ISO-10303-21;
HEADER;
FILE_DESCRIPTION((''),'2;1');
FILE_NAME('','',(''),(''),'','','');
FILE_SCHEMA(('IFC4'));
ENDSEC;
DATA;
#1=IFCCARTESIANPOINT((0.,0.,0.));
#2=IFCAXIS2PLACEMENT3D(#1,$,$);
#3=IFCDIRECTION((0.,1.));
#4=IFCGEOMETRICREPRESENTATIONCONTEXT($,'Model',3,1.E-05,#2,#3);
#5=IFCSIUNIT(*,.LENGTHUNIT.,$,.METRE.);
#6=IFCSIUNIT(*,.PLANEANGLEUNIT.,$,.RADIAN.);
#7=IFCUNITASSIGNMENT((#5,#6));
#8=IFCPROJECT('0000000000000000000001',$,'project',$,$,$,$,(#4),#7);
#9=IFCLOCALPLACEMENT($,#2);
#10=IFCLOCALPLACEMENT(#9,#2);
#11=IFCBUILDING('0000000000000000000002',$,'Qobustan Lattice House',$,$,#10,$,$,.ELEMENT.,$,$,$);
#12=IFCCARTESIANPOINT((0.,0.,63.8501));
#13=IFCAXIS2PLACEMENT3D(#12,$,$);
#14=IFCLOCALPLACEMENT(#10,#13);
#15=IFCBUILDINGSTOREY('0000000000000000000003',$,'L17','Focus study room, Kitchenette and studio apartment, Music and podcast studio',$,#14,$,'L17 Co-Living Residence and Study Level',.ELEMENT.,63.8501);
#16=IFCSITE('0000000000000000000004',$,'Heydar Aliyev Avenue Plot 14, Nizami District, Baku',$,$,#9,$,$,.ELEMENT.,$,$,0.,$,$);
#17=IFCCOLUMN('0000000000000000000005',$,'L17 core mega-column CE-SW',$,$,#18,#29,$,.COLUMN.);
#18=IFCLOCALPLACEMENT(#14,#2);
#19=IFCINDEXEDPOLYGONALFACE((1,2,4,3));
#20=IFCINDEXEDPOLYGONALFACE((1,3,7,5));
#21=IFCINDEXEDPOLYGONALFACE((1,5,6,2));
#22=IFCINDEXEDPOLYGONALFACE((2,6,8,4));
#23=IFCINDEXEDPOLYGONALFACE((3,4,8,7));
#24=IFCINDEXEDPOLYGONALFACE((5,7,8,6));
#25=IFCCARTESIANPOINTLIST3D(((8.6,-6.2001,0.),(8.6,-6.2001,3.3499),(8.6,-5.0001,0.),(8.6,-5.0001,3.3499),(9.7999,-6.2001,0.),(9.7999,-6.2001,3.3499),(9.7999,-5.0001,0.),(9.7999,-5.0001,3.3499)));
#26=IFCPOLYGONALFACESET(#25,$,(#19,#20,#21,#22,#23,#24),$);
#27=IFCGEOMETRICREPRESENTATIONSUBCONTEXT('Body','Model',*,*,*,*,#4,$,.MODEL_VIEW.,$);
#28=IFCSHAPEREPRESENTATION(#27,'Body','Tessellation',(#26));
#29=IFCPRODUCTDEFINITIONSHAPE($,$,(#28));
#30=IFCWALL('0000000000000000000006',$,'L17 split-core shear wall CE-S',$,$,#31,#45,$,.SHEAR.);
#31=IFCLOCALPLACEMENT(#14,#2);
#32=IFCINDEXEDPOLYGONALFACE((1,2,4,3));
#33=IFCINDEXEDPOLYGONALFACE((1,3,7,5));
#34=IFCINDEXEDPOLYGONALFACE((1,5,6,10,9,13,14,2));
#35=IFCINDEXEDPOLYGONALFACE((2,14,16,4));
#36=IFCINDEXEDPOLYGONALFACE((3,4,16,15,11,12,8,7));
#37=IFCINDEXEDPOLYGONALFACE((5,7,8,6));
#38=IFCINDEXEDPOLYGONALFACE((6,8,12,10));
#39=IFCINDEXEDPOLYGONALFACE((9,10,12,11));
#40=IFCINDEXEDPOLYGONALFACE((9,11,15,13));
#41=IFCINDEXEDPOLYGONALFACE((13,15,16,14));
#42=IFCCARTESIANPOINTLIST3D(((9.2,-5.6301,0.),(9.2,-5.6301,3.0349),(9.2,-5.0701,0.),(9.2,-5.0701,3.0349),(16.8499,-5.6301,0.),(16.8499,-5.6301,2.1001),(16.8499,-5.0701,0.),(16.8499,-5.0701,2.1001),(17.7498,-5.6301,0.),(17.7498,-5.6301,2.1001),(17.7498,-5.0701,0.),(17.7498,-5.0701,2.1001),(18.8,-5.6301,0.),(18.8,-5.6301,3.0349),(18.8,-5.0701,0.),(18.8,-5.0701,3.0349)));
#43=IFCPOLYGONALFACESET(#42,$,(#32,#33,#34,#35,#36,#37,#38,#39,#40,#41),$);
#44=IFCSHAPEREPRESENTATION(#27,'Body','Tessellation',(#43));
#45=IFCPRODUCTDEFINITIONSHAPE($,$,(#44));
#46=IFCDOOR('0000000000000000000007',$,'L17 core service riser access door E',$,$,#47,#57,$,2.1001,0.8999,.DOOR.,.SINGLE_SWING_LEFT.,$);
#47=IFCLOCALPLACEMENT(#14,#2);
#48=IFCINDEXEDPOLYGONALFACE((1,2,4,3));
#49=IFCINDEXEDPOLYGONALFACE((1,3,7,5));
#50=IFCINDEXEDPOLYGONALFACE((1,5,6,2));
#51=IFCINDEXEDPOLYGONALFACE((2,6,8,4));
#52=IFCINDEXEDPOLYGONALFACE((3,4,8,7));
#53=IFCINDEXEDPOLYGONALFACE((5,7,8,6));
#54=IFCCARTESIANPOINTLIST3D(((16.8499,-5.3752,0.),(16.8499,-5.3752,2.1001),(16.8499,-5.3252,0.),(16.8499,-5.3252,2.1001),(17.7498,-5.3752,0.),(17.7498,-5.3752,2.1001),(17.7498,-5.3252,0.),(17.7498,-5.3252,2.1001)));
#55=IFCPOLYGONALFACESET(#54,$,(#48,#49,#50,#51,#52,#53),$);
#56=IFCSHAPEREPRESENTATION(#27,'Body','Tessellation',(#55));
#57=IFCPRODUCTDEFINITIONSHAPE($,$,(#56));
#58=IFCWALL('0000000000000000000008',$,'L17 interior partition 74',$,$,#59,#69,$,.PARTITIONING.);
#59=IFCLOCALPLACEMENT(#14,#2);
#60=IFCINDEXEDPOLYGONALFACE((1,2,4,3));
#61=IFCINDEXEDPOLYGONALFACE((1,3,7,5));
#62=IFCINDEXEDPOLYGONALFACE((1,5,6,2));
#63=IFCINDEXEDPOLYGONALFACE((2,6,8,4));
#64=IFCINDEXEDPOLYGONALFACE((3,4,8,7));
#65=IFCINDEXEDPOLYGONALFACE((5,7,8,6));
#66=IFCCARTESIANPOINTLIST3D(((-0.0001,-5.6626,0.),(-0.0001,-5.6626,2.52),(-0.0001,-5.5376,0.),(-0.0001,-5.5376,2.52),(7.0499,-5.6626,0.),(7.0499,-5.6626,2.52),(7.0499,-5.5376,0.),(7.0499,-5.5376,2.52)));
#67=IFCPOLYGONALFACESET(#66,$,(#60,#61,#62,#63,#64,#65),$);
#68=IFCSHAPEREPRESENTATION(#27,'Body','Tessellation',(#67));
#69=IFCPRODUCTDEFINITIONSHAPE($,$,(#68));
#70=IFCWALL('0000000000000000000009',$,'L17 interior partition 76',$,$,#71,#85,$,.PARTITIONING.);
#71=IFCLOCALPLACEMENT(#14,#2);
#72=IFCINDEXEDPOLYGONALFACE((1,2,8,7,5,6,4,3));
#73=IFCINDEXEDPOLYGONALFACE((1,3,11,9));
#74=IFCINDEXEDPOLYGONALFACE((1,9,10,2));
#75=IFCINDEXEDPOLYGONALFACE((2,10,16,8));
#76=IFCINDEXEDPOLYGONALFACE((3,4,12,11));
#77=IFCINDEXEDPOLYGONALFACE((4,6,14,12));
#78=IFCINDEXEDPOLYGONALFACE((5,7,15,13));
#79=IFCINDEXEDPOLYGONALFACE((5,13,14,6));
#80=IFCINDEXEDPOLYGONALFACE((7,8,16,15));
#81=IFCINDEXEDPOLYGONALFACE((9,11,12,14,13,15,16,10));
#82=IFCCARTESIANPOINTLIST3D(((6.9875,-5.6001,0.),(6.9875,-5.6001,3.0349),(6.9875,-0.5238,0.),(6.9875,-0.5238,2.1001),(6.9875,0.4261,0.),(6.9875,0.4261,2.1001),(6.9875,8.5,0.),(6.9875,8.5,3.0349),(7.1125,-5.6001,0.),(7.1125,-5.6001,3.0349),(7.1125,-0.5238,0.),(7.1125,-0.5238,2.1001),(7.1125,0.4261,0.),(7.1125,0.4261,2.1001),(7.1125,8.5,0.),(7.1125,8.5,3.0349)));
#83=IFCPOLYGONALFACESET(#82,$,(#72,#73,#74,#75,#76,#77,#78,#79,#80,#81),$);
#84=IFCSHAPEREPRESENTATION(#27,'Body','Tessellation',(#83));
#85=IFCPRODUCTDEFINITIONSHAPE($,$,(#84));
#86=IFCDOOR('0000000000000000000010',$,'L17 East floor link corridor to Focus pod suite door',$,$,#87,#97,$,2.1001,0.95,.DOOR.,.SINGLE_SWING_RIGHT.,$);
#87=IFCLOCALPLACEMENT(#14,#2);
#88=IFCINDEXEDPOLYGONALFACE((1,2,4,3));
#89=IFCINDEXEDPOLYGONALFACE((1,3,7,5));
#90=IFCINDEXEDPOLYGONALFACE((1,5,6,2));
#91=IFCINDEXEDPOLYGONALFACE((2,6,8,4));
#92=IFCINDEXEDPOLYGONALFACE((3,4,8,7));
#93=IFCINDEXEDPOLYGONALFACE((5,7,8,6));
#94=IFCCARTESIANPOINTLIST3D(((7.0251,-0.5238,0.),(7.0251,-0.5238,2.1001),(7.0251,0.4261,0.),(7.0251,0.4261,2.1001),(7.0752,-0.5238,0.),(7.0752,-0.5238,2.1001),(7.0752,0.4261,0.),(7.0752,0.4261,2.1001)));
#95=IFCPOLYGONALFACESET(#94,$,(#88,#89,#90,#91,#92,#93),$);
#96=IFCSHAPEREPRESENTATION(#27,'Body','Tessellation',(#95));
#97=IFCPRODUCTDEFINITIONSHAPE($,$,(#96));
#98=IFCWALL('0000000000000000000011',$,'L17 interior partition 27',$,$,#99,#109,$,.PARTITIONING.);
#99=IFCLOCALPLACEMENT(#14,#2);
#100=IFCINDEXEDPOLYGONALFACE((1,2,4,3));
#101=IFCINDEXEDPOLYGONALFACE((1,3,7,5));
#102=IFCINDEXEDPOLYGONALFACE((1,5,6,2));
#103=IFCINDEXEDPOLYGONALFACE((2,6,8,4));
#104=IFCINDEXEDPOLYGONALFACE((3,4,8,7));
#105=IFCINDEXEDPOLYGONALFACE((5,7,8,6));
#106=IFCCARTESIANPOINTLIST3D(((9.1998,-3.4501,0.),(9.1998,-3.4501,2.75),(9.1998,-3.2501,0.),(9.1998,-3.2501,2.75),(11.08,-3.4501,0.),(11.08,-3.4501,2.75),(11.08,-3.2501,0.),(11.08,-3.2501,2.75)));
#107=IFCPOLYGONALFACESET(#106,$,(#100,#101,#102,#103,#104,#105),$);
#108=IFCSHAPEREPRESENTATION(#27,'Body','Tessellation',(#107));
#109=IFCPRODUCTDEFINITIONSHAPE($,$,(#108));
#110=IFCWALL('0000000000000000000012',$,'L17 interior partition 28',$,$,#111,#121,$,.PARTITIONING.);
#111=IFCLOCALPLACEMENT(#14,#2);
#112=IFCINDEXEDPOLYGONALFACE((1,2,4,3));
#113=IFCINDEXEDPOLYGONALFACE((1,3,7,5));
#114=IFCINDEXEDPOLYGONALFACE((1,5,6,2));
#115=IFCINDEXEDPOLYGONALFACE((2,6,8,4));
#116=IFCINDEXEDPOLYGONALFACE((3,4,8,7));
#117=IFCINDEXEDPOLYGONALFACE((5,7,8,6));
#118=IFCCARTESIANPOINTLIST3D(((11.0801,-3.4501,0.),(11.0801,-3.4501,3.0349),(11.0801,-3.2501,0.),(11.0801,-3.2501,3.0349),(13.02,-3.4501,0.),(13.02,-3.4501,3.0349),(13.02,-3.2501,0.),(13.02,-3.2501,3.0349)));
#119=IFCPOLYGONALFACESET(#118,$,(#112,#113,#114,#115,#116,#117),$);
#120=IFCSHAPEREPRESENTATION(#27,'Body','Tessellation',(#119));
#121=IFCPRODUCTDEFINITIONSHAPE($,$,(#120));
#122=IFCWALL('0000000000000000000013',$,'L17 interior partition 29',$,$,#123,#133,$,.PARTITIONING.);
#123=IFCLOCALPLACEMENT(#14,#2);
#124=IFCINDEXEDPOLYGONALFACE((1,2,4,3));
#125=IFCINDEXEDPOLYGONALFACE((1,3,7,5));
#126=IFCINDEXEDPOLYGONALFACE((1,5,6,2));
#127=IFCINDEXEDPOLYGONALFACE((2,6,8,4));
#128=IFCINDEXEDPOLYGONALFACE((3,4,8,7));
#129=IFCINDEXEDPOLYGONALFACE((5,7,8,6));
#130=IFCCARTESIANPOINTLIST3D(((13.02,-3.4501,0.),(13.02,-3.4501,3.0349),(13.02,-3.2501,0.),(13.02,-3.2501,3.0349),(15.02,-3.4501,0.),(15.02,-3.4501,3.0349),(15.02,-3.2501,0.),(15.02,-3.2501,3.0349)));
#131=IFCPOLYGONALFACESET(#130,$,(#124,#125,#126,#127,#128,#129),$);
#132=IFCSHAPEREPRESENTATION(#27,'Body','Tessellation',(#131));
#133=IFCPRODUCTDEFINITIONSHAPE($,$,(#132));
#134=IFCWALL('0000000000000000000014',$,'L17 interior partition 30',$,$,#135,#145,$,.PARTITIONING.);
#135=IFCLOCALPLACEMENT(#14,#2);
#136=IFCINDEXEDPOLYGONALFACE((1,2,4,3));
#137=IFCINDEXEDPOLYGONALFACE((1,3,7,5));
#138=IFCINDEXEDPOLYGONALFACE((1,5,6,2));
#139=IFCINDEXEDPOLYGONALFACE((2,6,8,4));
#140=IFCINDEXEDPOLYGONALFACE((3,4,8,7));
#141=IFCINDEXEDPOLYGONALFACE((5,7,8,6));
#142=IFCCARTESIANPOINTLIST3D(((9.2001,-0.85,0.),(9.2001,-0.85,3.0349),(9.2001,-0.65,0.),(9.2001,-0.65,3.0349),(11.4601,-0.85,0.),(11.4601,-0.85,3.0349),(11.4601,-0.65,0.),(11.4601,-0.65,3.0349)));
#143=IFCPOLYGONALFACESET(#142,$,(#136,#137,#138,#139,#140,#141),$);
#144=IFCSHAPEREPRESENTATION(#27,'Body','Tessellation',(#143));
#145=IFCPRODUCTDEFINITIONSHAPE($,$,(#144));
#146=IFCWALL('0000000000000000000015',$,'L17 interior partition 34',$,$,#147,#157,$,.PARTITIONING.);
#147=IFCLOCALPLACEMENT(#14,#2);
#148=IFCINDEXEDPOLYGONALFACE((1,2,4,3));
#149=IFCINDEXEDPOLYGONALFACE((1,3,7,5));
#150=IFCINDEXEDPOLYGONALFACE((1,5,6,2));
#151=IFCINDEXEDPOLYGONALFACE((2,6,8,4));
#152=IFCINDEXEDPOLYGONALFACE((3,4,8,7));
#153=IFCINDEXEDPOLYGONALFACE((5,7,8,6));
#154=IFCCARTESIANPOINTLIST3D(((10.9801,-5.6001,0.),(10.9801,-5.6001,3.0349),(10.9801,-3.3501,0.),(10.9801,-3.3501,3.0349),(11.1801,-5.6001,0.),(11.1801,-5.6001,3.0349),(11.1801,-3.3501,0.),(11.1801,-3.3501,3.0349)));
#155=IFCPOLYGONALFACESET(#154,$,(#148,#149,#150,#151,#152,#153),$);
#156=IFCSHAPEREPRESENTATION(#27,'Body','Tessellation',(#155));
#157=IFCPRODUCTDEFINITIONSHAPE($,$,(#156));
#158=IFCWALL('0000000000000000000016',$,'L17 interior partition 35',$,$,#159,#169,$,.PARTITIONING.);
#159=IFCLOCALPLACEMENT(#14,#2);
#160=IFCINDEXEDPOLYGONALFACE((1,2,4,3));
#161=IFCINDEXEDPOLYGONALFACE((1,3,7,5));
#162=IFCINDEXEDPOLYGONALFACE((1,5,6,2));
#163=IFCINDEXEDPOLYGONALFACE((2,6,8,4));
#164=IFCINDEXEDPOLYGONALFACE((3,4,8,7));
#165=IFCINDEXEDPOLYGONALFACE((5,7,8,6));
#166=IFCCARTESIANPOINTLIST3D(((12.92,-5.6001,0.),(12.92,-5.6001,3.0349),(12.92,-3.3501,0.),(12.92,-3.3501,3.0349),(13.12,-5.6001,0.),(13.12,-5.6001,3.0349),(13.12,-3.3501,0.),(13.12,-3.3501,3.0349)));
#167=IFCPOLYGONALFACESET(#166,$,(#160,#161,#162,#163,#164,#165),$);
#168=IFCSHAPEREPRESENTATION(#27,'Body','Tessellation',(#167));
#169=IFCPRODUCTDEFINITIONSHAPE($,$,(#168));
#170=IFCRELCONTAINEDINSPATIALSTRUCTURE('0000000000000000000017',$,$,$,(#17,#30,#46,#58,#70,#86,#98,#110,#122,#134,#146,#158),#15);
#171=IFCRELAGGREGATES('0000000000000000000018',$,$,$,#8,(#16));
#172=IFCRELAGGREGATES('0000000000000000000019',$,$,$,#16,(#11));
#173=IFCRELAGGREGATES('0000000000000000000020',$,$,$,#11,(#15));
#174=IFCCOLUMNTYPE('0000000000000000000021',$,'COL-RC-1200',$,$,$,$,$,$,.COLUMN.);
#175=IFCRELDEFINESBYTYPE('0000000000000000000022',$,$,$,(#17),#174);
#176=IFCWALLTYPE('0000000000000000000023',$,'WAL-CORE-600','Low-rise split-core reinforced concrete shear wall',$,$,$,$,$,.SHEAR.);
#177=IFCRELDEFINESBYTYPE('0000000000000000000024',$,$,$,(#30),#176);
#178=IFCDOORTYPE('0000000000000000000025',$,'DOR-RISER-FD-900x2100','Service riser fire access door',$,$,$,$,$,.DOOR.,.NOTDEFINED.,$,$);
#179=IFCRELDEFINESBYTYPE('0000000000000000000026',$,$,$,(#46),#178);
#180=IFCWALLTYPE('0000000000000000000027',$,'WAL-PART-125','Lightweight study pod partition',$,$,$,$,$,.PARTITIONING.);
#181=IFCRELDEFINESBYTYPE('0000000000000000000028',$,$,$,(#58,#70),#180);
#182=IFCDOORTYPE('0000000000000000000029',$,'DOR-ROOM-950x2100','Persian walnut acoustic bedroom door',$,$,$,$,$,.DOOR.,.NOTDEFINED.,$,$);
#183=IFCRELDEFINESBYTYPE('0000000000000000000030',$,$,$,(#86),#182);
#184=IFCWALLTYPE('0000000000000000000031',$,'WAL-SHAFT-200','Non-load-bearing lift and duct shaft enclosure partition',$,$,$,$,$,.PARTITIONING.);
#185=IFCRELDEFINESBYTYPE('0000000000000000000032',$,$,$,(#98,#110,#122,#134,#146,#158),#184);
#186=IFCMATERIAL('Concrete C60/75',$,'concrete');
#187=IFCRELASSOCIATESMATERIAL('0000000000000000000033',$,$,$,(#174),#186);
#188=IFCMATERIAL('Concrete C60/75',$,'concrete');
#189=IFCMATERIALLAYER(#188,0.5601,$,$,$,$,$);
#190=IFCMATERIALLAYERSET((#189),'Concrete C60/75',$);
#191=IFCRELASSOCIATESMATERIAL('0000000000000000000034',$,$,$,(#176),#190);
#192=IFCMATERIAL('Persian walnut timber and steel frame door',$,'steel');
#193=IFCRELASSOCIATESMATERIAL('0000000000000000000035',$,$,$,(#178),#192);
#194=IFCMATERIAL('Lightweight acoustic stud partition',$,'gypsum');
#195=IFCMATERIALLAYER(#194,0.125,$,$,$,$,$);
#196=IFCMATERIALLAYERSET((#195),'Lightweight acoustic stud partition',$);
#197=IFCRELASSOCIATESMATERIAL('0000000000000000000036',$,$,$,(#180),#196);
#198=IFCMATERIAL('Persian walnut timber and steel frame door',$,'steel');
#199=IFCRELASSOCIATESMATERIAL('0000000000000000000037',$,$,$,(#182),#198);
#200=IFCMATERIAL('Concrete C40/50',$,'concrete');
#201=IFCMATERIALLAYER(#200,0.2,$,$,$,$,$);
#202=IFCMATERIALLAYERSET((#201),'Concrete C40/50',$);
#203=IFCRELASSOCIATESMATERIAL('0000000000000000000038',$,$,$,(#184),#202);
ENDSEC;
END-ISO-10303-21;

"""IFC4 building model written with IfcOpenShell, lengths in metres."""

from ifc_helpers import new_model, si_unit, direction, frame, frame_2d, origin, origin_2d, place, context, subcontext, project, spatial, rectangle, extrude, material, layer, layer_set, material_profile, profile_set, type_object, element, fill, save


model = new_model("IFC4")

# Units and contexts
model_context = context("Model", 3, precision=1e-05, world=origin(), true_north=direction((0.0, 1.0)))
body_context = subcontext(model_context, "Body", "Model", "MODEL_VIEW")
ifc_project = project(units=[si_unit("LENGTHUNIT", "METRE"), si_unit("PLANEANGLEUNIT", "RADIAN")], contexts=[model_context])

# Site, building, storey
site_placement = place(None, origin())
site = spatial("IfcSite", under=ifc_project, at=site_placement, Name="Heydar Aliyev Avenue Plot 14, Nizami District, Baku", CompositionType="ELEMENT", RefElevation=0.0)
building_placement = place(site_placement, origin())
building = spatial("IfcBuilding", under=site, at=building_placement, Name="Qobustan Lattice House", CompositionType="ELEMENT")
storey_placement = place(building_placement, frame((0.0, 0.0, 63.8501)))
storey = spatial("IfcBuildingStorey", under=building, at=storey_placement, Name="L17", Description="Focus study room, Kitchenette and studio apartment, Music and podcast studio", LongName="L17 Co-Living Residence and Study Level", CompositionType="ELEMENT", Elevation=63.8501)

# Column
ifc_material_1 = material(Name="Concrete C60/75", Category="concrete")
ifc_material_profile = material_profile(ifc_material_1, rectangle(XDim=1.2, YDim=1.2, at=origin_2d()), Name="RC1200x1200")
ifc_profile_set = profile_set([ifc_material_profile], Name="Concrete C60/75")
column_type = type_object("IfcColumnType", Name="COL-RC-1200", PredefinedType="COLUMN", material=ifc_profile_set)
column_placement = place(storey_placement, frame((9.2, -5.6001, 0.0), z_axis=(0.0, 0.0, 1.0), x_axis=(1.0, 0.0, 0.0)))
element("IfcColumn", 1, at=column_placement, inside=storey, type_object=column_type, Name="L17 core mega-column CE-SW", PredefinedType="COLUMN", context=body_context, shape_type="SweptSolid", body=[
    extrude(rectangle(XDim=1.2, YDim=1.2, at=origin_2d()), origin(), (0.0, 0.0, 1.0), 3.3499),
])

# Wall, opening, door
ifc_material_2 = material(Name="Concrete C60/75", Category="concrete")
ifc_layer_1 = layer(ifc_material_2, 0.5601)
ifc_layer_set_1 = layer_set([ifc_layer_1], Name="Concrete C60/75")
wall_type_1 = type_object("IfcWallType", Name="WAL-CORE-600", Description="Low-rise split-core reinforced concrete shear wall", PredefinedType="SHEAR", material=ifc_layer_set_1)
wall_1_placement = place(storey_placement, frame((9.2, -5.3501, 0.0), z_axis=(0.0, 0.0, 1.0), x_axis=(1.0, 0.0, 0.0)))
wall_1 = element("IfcWall", 2, at=wall_1_placement, inside=storey, type_object=wall_type_1, Name="L17 split-core shear wall CE-S", PredefinedType="SHEAR", context=body_context, shape_type="SweptSolid", body=[
    extrude(rectangle(XDim=9.6001, YDim=0.5601, at=frame_2d((4.8, 0.0))), origin(), (0.0, 0.0, 1.0), 3.0349),
])
opening_1_placement = place(wall_1_placement, frame((7.6499, 0.0, 0.0)))
opening_1 = element("IfcOpeningElement", 3, at=opening_1_placement, cuts=wall_1, PredefinedType="OPENING", context=body_context, shape_type="SweptSolid", body=[
    extrude(rectangle(XDim=0.8999, YDim=2.1001, at=frame_2d((0.45, 1.05))), frame((0.0, 0.29, 0.0), z_axis=(0.0, -1.0, 0.0), x_axis=(1.0, 0.0, 0.0)), (0.0, 0.0, 1.0), 0.5801),
])
ifc_material_3 = material(Name="Persian walnut timber and steel frame door", Category="steel")
door_type_1 = type_object("IfcDoorType", Name="DOR-RISER-FD-900x2100", Description="Service riser fire access door", OperationType="NOTDEFINED", PredefinedType="DOOR", material=ifc_material_3)
door_1_placement = place(opening_1_placement, origin())
door_1 = element("IfcDoor", 4, at=door_1_placement, inside=storey, type_object=door_type_1, Name="L17 core service riser access door E", OperationType="SINGLE_SWING_LEFT", OverallHeight=2.1001, OverallWidth=0.8999, PredefinedType="DOOR", context=body_context, shape_type="SweptSolid", body=[
    extrude(rectangle(XDim=0.8999, YDim=2.1001, at=frame_2d((0.45, 1.05))), frame((0.0, 0.0249, 0.0), z_axis=(0.0, -1.0, 0.0), x_axis=(1.0, 0.0, 0.0)), (0.0, 0.0, 1.0), 0.05),
])
fill(opening_1, door_1)

# Wall
ifc_material_4 = material(Name="Lightweight acoustic stud partition", Category="gypsum")
ifc_layer_2 = layer(ifc_material_4, 0.125)
ifc_layer_set_2 = layer_set([ifc_layer_2], Name="Lightweight acoustic stud partition")
wall_type_2 = type_object("IfcWallType", Name="WAL-PART-125", Description="Lightweight study pod partition", PredefinedType="PARTITIONING", material=ifc_layer_set_2)
wall_2_placement = place(storey_placement, frame((0.0, -5.6001, 0.0), z_axis=(0.0, 0.0, 1.0), x_axis=(1.0, 0.0, 0.0)))
element("IfcWall", 5, at=wall_2_placement, inside=storey, type_object=wall_type_2, Name="L17 interior partition 74", PredefinedType="PARTITIONING", context=body_context, shape_type="SweptSolid", body=[
    extrude(rectangle(XDim=7.05, YDim=0.125, at=frame_2d((3.5249, 0.0))), origin(), (0.0, 0.0, 1.0), 2.52),
])

# Wall, opening, door
wall_3_placement = place(storey_placement, frame((7.05, -5.6001, 0.0), z_axis=(0.0, 0.0, 1.0), x_axis=(0.0, 1.0, 0.0)))
wall_3 = element("IfcWall", 6, at=wall_3_placement, inside=storey, type_object=wall_type_2, Name="L17 interior partition 76", PredefinedType="PARTITIONING", context=body_context, shape_type="SweptSolid", body=[
    extrude(rectangle(XDim=14.1001, YDim=0.125, at=frame_2d((7.05, 0.0))), origin(), (0.0, 0.0, 1.0), 3.0349),
])
opening_2_placement = place(wall_3_placement, frame((5.0762, 0.0, 0.0)))
opening_2 = element("IfcOpeningElement", 7, at=opening_2_placement, cuts=wall_3, PredefinedType="OPENING", context=body_context, shape_type="SweptSolid", body=[
    extrude(rectangle(XDim=0.95, YDim=2.1001, at=frame_2d((0.4751, 1.05))), frame((0.0, 0.0725, 0.0), z_axis=(0.0, -1.0, 0.0), x_axis=(1.0, 0.0, 0.0)), (0.0, 0.0, 1.0), 0.145),
])
ifc_material_5 = material(Name="Persian walnut timber and steel frame door", Category="steel")
door_type_2 = type_object("IfcDoorType", Name="DOR-ROOM-950x2100", Description="Persian walnut acoustic bedroom door", OperationType="NOTDEFINED", PredefinedType="DOOR", material=ifc_material_5)
door_2_placement = place(opening_2_placement, origin())
door_2 = element("IfcDoor", 8, at=door_2_placement, inside=storey, type_object=door_type_2, Name="L17 East floor link corridor to Focus pod suite door", OperationType="SINGLE_SWING_RIGHT", OverallHeight=2.1001, OverallWidth=0.95, PredefinedType="DOOR", context=body_context, shape_type="SweptSolid", body=[
    extrude(rectangle(XDim=0.95, YDim=2.1001, at=frame_2d((0.4751, 1.05))), frame((0.0, 0.0249, 0.0), z_axis=(0.0, -1.0, 0.0), x_axis=(1.0, 0.0, 0.0)), (0.0, 0.0, 1.0), 0.05),
])
fill(opening_2, door_2)

# Walls
ifc_material_6 = material(Name="Concrete C40/50", Category="concrete")
ifc_layer_3 = layer(ifc_material_6, 0.2)
ifc_layer_set_3 = layer_set([ifc_layer_3], Name="Concrete C40/50")
wall_type_3 = type_object("IfcWallType", Name="WAL-SHAFT-200", Description="Non-load-bearing lift and duct shaft enclosure partition", PredefinedType="PARTITIONING", material=ifc_layer_set_3)
wall_4_placement = place(storey_placement, frame((9.2, -3.3501, 0.0), z_axis=(0.0, 0.0, 1.0), x_axis=(1.0, 0.0, 0.0)))
element("IfcWall", 9, at=wall_4_placement, inside=storey, type_object=wall_type_3, Name="L17 interior partition 27", PredefinedType="PARTITIONING", context=body_context, shape_type="SweptSolid", body=[
    extrude(rectangle(XDim=1.8801, YDim=0.2, at=frame_2d((0.9399, 0.0))), origin(), (0.0, 0.0, 1.0), 2.75),
])
wall_5_placement = place(storey_placement, frame((11.0801, -3.3501, 0.0), z_axis=(0.0, 0.0, 1.0), x_axis=(1.0, 0.0, 0.0)))
element("IfcWall", 10, at=wall_5_placement, inside=storey, type_object=wall_type_3, Name="L17 interior partition 28", PredefinedType="PARTITIONING", context=body_context, shape_type="SweptSolid", body=[
    extrude(rectangle(XDim=1.9399, YDim=0.2, at=frame_2d((0.97, 0.0))), origin(), (0.0, 0.0, 1.0), 3.0349),
])
wall_6_placement = place(storey_placement, frame((13.02, -3.3501, 0.0), z_axis=(0.0, 0.0, 1.0), x_axis=(1.0, 0.0, 0.0)))
element("IfcWall", 11, at=wall_6_placement, inside=storey, type_object=wall_type_3, Name="L17 interior partition 29", PredefinedType="PARTITIONING", context=body_context, shape_type="SweptSolid", body=[
    extrude(rectangle(XDim=2.0, YDim=0.2, at=frame_2d((1.0, 0.0))), origin(), (0.0, 0.0, 1.0), 3.0349),
])
wall_7_placement = place(storey_placement, frame((11.46, -0.75, 0.0), z_axis=(0.0, 0.0, 1.0), x_axis=(-1.0, 0.0, 0.0)))
element("IfcWall", 12, at=wall_7_placement, inside=storey, type_object=wall_type_3, Name="L17 interior partition 30", PredefinedType="PARTITIONING", context=body_context, shape_type="SweptSolid", body=[
    extrude(rectangle(XDim=2.26, YDim=0.2, at=frame_2d((1.1299, 0.0))), origin(), (0.0, 0.0, 1.0), 3.0349),
])
for number, where, z_axis, x_axis, name in (
    (13, (11.0801, -5.6001, 0.0), (0.0, 0.0, 1.0), (0.0, 1.0, 0.0), "L17 interior partition 34"),
    (14, (13.02, -5.6001, 0.0), (0.0, 0.0, 1.0), (0.0, 1.0, 0.0), "L17 interior partition 35"),
):
    element("IfcWall", number, at=place(storey_placement, frame(where, z_axis=z_axis, x_axis=x_axis)), inside=storey, type_object=wall_type_3, Name=name, PredefinedType="PARTITIONING", context=body_context, shape_type="SweptSolid", body=[
        extrude(rectangle(XDim=2.25, YDim=0.2, at=frame_2d((1.125, 0.0))), origin(), (0.0, 0.0, 1.0), 3.0349),
    ])

save(model, "model.ifc")
